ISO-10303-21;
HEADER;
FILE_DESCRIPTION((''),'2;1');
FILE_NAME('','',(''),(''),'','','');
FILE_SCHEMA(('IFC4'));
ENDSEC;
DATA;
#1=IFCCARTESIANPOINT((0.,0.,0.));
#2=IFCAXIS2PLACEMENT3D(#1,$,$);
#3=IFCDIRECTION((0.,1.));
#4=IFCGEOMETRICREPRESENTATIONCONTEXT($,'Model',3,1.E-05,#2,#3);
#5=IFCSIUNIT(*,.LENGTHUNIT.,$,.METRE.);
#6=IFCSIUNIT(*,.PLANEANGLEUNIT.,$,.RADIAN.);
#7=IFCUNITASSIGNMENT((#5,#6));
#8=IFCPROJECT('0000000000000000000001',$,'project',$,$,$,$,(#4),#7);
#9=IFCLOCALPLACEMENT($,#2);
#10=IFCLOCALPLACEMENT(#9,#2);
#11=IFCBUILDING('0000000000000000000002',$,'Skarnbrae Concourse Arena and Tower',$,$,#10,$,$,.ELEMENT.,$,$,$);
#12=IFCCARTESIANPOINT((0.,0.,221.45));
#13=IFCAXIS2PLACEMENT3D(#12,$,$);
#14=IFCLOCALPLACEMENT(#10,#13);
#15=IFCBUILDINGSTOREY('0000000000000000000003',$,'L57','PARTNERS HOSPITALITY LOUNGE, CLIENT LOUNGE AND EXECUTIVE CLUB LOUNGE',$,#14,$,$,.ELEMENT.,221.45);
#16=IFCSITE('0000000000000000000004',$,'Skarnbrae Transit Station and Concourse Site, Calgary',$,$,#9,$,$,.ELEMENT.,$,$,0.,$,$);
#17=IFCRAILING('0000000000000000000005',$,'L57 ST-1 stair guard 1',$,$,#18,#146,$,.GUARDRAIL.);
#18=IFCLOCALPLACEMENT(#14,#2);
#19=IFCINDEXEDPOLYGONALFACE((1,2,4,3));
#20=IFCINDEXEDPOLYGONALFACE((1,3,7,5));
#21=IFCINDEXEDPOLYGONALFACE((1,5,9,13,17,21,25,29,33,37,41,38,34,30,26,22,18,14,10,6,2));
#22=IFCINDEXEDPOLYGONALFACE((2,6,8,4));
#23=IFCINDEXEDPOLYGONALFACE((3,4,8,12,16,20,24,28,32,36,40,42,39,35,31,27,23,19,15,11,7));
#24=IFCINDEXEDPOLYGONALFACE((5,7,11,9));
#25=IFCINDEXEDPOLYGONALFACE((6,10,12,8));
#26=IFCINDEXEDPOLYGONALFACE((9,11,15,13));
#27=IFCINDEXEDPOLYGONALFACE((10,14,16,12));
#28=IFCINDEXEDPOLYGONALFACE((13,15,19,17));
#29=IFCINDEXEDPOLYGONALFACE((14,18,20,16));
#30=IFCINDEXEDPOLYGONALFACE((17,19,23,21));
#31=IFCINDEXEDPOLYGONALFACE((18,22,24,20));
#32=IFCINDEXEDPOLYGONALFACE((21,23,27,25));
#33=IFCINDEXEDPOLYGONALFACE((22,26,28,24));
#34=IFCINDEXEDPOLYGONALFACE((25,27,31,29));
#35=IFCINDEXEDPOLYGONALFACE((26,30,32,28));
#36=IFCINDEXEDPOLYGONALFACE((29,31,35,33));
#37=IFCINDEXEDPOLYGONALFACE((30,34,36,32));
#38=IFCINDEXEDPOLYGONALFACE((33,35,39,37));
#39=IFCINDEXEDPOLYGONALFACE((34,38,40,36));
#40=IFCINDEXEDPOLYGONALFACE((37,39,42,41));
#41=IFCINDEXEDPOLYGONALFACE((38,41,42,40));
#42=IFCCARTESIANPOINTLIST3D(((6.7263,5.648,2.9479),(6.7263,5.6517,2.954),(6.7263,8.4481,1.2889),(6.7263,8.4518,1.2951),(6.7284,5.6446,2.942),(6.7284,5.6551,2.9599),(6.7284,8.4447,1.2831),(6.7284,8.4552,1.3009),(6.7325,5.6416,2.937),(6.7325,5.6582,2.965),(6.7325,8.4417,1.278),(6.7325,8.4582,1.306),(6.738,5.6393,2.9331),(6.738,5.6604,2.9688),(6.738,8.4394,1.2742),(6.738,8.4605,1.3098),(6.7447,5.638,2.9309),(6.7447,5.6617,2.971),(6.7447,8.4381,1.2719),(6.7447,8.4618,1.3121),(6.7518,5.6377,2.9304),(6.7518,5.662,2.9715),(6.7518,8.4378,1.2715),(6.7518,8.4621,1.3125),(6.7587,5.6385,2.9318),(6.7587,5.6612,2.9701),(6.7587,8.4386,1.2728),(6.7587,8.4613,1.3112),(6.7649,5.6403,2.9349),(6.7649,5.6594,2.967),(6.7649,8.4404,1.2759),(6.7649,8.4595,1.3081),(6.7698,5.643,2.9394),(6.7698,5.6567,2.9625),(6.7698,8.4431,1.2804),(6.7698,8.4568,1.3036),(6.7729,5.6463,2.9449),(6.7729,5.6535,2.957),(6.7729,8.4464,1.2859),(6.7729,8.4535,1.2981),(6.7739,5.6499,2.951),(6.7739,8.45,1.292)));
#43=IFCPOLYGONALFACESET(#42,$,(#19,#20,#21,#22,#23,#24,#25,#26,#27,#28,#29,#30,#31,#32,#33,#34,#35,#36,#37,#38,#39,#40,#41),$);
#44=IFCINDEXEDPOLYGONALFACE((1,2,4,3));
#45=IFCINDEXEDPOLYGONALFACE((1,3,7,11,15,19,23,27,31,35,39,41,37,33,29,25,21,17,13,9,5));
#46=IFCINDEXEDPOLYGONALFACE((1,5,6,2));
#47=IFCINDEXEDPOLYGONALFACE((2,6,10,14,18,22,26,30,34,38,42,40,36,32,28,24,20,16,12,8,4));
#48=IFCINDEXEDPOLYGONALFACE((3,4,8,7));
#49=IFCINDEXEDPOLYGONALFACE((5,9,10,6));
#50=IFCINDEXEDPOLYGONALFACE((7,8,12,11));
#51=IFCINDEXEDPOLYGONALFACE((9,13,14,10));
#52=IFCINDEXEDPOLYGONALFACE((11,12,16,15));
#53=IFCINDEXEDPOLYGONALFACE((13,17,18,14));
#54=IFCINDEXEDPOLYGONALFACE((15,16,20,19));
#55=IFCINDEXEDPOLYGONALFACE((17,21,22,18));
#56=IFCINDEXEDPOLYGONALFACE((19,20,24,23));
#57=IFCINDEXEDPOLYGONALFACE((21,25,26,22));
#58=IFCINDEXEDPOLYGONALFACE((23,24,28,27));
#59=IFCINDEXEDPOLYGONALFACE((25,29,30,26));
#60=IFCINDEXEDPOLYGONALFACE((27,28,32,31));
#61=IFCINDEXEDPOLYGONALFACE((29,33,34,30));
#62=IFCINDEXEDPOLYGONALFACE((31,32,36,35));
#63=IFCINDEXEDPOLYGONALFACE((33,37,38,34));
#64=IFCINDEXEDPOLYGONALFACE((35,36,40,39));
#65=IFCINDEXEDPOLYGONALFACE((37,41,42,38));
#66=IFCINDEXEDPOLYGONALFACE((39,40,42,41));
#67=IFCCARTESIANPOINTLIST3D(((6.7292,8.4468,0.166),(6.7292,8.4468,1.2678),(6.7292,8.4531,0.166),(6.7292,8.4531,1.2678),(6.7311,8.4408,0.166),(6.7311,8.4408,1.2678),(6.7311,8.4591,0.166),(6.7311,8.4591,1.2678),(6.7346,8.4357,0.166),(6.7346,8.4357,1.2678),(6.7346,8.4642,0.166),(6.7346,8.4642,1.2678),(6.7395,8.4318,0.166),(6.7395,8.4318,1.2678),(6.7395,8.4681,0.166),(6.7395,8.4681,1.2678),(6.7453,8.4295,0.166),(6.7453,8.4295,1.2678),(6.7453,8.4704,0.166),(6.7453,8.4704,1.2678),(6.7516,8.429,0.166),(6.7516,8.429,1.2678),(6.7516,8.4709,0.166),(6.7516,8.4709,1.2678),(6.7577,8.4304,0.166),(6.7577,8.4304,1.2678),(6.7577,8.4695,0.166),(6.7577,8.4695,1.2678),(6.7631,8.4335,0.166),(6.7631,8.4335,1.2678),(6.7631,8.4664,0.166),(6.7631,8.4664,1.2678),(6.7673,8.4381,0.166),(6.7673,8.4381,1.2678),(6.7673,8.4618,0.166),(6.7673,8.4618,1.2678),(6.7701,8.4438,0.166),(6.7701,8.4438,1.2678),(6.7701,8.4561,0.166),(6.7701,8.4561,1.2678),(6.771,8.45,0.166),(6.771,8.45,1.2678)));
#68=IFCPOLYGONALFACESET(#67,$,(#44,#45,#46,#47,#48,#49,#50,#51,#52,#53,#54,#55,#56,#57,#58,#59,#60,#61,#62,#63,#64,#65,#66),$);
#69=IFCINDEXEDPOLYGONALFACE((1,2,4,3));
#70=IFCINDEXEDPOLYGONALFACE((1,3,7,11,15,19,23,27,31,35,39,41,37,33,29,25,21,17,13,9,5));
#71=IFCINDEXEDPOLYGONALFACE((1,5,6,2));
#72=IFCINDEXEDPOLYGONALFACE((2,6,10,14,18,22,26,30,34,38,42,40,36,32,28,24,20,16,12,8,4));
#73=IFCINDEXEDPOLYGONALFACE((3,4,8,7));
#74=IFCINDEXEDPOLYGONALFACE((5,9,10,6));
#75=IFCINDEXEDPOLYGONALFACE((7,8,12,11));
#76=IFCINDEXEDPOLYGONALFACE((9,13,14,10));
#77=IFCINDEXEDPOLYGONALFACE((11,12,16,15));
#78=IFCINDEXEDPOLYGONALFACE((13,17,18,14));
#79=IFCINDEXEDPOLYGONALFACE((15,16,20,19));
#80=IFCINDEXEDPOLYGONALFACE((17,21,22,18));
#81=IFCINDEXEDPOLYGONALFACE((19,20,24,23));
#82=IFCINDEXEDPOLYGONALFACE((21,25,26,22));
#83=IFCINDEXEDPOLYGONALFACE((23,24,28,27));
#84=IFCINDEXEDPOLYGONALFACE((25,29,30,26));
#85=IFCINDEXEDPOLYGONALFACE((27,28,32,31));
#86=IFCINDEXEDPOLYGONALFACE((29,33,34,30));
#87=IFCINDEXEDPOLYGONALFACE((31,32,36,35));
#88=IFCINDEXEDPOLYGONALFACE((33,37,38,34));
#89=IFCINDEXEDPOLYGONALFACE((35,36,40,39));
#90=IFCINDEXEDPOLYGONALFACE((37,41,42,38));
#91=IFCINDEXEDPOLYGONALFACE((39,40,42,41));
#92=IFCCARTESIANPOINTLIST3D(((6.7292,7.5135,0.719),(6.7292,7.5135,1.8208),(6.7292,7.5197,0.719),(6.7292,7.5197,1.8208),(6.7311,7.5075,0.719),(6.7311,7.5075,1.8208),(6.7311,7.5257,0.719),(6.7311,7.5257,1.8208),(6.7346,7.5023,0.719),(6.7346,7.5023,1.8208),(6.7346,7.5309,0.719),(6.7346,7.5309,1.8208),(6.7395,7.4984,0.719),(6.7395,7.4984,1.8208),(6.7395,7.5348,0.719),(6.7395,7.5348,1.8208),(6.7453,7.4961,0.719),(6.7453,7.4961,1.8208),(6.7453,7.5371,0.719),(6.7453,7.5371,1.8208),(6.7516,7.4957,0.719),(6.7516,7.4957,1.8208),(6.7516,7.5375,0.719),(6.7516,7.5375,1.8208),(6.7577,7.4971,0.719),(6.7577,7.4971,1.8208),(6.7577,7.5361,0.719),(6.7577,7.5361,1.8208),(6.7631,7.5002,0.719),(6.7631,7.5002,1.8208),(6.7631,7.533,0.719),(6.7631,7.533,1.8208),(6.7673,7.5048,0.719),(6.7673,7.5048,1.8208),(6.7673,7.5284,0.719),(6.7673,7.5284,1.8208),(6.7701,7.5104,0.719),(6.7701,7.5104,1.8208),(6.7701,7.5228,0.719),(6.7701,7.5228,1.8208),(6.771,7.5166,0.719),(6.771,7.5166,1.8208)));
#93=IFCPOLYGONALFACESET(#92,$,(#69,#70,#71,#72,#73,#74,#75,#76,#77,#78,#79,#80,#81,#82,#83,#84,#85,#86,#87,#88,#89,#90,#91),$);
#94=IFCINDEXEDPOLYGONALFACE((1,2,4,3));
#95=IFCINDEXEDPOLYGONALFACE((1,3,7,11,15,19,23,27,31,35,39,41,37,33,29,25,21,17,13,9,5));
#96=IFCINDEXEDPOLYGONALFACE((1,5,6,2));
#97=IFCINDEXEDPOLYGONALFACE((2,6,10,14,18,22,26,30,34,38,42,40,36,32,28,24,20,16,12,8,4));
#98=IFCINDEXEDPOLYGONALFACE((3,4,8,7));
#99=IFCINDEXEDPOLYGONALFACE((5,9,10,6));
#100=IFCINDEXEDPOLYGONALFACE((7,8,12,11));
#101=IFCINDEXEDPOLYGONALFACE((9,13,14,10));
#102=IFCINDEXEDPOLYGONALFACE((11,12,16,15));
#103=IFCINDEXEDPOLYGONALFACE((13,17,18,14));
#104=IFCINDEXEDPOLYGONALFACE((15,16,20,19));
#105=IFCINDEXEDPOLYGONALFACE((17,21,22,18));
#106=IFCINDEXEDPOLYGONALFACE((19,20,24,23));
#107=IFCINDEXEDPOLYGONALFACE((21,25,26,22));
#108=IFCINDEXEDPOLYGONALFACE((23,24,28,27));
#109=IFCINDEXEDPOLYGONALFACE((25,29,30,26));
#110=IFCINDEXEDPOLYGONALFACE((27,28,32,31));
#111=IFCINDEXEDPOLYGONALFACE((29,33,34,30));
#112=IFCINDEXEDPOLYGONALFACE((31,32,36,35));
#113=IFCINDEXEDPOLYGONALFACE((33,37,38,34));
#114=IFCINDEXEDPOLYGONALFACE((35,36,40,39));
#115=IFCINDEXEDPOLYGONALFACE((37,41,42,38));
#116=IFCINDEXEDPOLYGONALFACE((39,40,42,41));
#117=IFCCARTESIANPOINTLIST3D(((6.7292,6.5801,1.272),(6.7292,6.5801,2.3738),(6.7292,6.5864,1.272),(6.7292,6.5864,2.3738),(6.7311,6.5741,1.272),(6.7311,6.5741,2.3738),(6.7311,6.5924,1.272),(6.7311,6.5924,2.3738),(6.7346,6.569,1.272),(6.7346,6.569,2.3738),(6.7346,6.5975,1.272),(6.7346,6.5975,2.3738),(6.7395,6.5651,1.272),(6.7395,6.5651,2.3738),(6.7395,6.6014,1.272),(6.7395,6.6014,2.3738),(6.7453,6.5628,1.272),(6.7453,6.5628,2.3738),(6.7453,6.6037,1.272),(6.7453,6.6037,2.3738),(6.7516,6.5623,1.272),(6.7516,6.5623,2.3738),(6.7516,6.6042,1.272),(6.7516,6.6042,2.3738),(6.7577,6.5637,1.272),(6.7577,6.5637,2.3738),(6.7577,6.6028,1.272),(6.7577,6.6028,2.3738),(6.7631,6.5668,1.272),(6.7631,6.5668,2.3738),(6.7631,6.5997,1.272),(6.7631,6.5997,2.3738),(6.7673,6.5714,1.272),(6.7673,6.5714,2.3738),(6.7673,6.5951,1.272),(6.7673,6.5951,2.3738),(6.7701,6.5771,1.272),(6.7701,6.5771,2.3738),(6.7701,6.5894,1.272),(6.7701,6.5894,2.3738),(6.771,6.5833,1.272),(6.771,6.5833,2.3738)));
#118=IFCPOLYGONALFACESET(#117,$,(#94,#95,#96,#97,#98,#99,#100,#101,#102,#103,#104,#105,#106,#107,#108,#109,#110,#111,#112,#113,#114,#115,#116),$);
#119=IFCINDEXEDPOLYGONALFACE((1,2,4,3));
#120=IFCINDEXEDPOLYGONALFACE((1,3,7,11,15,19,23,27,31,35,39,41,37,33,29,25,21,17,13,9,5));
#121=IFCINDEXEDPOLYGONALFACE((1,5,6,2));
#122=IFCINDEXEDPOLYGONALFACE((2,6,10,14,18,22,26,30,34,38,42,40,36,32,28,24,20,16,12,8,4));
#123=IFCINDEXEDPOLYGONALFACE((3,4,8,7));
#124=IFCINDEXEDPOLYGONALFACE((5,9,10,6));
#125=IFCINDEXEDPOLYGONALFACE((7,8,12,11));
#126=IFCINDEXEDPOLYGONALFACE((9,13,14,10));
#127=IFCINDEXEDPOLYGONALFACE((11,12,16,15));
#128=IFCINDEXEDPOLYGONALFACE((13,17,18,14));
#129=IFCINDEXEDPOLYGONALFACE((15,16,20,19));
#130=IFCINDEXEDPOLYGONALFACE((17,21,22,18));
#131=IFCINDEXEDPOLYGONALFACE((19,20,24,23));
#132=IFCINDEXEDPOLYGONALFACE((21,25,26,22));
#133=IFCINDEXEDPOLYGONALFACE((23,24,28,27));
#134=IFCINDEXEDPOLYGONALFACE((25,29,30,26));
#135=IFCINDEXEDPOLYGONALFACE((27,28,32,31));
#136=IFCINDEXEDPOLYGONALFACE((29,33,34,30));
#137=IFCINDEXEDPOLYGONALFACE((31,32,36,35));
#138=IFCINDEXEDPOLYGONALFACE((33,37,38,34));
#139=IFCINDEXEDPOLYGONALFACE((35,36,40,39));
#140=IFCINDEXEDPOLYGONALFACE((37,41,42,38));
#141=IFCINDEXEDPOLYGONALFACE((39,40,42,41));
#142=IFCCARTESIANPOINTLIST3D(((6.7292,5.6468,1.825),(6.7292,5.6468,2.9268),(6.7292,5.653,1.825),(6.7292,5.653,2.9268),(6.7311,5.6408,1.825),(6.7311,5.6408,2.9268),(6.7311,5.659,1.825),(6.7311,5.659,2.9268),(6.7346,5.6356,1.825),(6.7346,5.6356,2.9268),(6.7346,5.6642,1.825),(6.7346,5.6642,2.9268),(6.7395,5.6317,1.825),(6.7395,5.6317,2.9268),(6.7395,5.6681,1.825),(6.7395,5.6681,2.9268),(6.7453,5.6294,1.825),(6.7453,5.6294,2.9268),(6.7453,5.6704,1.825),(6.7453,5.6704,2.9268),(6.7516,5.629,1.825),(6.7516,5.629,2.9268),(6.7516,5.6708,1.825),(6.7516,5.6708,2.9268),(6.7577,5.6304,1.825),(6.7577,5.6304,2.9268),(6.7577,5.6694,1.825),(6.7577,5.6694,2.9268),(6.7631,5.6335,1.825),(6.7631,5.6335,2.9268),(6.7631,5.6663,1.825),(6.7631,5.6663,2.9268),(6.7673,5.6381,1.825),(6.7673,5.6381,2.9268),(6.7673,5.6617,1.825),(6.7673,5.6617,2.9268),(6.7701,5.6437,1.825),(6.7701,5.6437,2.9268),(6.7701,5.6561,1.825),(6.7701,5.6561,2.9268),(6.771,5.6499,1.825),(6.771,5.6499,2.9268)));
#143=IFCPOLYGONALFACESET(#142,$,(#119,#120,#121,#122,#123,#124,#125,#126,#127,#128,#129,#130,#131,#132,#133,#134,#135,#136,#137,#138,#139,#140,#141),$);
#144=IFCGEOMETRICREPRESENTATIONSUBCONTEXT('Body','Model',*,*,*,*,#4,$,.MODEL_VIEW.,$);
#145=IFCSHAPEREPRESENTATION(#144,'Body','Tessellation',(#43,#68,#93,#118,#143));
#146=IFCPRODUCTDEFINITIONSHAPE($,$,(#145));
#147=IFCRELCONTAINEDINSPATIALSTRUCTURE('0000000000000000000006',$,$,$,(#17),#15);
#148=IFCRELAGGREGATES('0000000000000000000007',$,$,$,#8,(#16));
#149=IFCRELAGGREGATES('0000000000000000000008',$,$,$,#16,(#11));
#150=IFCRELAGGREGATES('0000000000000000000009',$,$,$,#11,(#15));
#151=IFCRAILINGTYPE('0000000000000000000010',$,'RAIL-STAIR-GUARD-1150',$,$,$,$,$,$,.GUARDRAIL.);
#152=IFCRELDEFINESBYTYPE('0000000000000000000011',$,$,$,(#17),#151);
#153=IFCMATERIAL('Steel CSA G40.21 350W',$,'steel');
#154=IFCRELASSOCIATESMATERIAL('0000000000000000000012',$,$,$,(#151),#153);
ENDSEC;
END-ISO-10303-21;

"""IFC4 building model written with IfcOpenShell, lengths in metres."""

from ifc_helpers import new_model, si_unit, direction, frame, origin, origin_2d, place, context, subcontext, project, spatial, circle, extrude, material, type_object, element, save


model = new_model("IFC4")

# Units and contexts
model_context = context("Model", 3, precision=1e-05, world=origin(), true_north=direction((0.0, 1.0)))
body_context = subcontext(model_context, "Body", "Model", "MODEL_VIEW")
ifc_project = project(units=[si_unit("LENGTHUNIT", "METRE"), si_unit("PLANEANGLEUNIT", "RADIAN")], contexts=[model_context])

# Site, building, storey
site_placement = place(None, origin())
site = spatial("IfcSite", under=ifc_project, at=site_placement, Name="Skarnbrae Transit Station and Concourse Site, Calgary", CompositionType="ELEMENT", RefElevation=0.0)
building_placement = place(site_placement, origin())
building = spatial("IfcBuilding", under=site, at=building_placement, Name="Skarnbrae Concourse Arena and Tower", CompositionType="ELEMENT")
storey_placement = place(building_placement, frame((0.0, 0.0, 221.45)))
storey = spatial("IfcBuildingStorey", under=building, at=storey_placement, Name="L57", Description="PARTNERS HOSPITALITY LOUNGE, CLIENT LOUNGE AND EXECUTIVE CLUB LOUNGE", CompositionType="ELEMENT", Elevation=221.45)

# Shared definitions
ifc_material_1 = material(Name="Steel CSA G40.21 350W", Category="steel")

# Railing
railing_type_1 = type_object("IfcRailingType", Name="RAIL-STAIR-GUARD-1150", PredefinedType="GUARDRAIL", material=ifc_material_1)
railing_1_placement = place(storey_placement, frame((6.75, 8.45, 0.166)))
element("IfcRailing", 1, at=railing_1_placement, inside=storey, type_object=railing_type_1, Name="L57 ST-1 stair guard 1", PredefinedType="GUARDRAIL", context=body_context, shape_type="SweptSolid", body=[
    extrude(circle(Radius=0.0239, at=origin_2d()), frame((0.0, 0.0, 1.126), z_axis=(0.0, -0.860339, 0.509722), x_axis=(1.0, 0.0, 0.0)), (0.0, 0.0, 1.0), 3.2546),
    extrude(circle(Radius=0.021, at=origin_2d()), origin(), (0.0, 0.0, 1.0), 1.1018),
    extrude(circle(Radius=0.021, at=origin_2d()), frame((0.0, -0.9333, 0.553)), (0.0, 0.0, 1.0), 1.1018),
    extrude(circle(Radius=0.021, at=origin_2d()), frame((0.0, -1.8667, 1.106)), (0.0, 0.0, 1.0), 1.1018),
    extrude(circle(Radius=0.021, at=origin_2d()), frame((0.0, -2.8, 1.6589)), (0.0, 0.0, 1.0), 1.1018),
])

save(model, "model.ifc")
